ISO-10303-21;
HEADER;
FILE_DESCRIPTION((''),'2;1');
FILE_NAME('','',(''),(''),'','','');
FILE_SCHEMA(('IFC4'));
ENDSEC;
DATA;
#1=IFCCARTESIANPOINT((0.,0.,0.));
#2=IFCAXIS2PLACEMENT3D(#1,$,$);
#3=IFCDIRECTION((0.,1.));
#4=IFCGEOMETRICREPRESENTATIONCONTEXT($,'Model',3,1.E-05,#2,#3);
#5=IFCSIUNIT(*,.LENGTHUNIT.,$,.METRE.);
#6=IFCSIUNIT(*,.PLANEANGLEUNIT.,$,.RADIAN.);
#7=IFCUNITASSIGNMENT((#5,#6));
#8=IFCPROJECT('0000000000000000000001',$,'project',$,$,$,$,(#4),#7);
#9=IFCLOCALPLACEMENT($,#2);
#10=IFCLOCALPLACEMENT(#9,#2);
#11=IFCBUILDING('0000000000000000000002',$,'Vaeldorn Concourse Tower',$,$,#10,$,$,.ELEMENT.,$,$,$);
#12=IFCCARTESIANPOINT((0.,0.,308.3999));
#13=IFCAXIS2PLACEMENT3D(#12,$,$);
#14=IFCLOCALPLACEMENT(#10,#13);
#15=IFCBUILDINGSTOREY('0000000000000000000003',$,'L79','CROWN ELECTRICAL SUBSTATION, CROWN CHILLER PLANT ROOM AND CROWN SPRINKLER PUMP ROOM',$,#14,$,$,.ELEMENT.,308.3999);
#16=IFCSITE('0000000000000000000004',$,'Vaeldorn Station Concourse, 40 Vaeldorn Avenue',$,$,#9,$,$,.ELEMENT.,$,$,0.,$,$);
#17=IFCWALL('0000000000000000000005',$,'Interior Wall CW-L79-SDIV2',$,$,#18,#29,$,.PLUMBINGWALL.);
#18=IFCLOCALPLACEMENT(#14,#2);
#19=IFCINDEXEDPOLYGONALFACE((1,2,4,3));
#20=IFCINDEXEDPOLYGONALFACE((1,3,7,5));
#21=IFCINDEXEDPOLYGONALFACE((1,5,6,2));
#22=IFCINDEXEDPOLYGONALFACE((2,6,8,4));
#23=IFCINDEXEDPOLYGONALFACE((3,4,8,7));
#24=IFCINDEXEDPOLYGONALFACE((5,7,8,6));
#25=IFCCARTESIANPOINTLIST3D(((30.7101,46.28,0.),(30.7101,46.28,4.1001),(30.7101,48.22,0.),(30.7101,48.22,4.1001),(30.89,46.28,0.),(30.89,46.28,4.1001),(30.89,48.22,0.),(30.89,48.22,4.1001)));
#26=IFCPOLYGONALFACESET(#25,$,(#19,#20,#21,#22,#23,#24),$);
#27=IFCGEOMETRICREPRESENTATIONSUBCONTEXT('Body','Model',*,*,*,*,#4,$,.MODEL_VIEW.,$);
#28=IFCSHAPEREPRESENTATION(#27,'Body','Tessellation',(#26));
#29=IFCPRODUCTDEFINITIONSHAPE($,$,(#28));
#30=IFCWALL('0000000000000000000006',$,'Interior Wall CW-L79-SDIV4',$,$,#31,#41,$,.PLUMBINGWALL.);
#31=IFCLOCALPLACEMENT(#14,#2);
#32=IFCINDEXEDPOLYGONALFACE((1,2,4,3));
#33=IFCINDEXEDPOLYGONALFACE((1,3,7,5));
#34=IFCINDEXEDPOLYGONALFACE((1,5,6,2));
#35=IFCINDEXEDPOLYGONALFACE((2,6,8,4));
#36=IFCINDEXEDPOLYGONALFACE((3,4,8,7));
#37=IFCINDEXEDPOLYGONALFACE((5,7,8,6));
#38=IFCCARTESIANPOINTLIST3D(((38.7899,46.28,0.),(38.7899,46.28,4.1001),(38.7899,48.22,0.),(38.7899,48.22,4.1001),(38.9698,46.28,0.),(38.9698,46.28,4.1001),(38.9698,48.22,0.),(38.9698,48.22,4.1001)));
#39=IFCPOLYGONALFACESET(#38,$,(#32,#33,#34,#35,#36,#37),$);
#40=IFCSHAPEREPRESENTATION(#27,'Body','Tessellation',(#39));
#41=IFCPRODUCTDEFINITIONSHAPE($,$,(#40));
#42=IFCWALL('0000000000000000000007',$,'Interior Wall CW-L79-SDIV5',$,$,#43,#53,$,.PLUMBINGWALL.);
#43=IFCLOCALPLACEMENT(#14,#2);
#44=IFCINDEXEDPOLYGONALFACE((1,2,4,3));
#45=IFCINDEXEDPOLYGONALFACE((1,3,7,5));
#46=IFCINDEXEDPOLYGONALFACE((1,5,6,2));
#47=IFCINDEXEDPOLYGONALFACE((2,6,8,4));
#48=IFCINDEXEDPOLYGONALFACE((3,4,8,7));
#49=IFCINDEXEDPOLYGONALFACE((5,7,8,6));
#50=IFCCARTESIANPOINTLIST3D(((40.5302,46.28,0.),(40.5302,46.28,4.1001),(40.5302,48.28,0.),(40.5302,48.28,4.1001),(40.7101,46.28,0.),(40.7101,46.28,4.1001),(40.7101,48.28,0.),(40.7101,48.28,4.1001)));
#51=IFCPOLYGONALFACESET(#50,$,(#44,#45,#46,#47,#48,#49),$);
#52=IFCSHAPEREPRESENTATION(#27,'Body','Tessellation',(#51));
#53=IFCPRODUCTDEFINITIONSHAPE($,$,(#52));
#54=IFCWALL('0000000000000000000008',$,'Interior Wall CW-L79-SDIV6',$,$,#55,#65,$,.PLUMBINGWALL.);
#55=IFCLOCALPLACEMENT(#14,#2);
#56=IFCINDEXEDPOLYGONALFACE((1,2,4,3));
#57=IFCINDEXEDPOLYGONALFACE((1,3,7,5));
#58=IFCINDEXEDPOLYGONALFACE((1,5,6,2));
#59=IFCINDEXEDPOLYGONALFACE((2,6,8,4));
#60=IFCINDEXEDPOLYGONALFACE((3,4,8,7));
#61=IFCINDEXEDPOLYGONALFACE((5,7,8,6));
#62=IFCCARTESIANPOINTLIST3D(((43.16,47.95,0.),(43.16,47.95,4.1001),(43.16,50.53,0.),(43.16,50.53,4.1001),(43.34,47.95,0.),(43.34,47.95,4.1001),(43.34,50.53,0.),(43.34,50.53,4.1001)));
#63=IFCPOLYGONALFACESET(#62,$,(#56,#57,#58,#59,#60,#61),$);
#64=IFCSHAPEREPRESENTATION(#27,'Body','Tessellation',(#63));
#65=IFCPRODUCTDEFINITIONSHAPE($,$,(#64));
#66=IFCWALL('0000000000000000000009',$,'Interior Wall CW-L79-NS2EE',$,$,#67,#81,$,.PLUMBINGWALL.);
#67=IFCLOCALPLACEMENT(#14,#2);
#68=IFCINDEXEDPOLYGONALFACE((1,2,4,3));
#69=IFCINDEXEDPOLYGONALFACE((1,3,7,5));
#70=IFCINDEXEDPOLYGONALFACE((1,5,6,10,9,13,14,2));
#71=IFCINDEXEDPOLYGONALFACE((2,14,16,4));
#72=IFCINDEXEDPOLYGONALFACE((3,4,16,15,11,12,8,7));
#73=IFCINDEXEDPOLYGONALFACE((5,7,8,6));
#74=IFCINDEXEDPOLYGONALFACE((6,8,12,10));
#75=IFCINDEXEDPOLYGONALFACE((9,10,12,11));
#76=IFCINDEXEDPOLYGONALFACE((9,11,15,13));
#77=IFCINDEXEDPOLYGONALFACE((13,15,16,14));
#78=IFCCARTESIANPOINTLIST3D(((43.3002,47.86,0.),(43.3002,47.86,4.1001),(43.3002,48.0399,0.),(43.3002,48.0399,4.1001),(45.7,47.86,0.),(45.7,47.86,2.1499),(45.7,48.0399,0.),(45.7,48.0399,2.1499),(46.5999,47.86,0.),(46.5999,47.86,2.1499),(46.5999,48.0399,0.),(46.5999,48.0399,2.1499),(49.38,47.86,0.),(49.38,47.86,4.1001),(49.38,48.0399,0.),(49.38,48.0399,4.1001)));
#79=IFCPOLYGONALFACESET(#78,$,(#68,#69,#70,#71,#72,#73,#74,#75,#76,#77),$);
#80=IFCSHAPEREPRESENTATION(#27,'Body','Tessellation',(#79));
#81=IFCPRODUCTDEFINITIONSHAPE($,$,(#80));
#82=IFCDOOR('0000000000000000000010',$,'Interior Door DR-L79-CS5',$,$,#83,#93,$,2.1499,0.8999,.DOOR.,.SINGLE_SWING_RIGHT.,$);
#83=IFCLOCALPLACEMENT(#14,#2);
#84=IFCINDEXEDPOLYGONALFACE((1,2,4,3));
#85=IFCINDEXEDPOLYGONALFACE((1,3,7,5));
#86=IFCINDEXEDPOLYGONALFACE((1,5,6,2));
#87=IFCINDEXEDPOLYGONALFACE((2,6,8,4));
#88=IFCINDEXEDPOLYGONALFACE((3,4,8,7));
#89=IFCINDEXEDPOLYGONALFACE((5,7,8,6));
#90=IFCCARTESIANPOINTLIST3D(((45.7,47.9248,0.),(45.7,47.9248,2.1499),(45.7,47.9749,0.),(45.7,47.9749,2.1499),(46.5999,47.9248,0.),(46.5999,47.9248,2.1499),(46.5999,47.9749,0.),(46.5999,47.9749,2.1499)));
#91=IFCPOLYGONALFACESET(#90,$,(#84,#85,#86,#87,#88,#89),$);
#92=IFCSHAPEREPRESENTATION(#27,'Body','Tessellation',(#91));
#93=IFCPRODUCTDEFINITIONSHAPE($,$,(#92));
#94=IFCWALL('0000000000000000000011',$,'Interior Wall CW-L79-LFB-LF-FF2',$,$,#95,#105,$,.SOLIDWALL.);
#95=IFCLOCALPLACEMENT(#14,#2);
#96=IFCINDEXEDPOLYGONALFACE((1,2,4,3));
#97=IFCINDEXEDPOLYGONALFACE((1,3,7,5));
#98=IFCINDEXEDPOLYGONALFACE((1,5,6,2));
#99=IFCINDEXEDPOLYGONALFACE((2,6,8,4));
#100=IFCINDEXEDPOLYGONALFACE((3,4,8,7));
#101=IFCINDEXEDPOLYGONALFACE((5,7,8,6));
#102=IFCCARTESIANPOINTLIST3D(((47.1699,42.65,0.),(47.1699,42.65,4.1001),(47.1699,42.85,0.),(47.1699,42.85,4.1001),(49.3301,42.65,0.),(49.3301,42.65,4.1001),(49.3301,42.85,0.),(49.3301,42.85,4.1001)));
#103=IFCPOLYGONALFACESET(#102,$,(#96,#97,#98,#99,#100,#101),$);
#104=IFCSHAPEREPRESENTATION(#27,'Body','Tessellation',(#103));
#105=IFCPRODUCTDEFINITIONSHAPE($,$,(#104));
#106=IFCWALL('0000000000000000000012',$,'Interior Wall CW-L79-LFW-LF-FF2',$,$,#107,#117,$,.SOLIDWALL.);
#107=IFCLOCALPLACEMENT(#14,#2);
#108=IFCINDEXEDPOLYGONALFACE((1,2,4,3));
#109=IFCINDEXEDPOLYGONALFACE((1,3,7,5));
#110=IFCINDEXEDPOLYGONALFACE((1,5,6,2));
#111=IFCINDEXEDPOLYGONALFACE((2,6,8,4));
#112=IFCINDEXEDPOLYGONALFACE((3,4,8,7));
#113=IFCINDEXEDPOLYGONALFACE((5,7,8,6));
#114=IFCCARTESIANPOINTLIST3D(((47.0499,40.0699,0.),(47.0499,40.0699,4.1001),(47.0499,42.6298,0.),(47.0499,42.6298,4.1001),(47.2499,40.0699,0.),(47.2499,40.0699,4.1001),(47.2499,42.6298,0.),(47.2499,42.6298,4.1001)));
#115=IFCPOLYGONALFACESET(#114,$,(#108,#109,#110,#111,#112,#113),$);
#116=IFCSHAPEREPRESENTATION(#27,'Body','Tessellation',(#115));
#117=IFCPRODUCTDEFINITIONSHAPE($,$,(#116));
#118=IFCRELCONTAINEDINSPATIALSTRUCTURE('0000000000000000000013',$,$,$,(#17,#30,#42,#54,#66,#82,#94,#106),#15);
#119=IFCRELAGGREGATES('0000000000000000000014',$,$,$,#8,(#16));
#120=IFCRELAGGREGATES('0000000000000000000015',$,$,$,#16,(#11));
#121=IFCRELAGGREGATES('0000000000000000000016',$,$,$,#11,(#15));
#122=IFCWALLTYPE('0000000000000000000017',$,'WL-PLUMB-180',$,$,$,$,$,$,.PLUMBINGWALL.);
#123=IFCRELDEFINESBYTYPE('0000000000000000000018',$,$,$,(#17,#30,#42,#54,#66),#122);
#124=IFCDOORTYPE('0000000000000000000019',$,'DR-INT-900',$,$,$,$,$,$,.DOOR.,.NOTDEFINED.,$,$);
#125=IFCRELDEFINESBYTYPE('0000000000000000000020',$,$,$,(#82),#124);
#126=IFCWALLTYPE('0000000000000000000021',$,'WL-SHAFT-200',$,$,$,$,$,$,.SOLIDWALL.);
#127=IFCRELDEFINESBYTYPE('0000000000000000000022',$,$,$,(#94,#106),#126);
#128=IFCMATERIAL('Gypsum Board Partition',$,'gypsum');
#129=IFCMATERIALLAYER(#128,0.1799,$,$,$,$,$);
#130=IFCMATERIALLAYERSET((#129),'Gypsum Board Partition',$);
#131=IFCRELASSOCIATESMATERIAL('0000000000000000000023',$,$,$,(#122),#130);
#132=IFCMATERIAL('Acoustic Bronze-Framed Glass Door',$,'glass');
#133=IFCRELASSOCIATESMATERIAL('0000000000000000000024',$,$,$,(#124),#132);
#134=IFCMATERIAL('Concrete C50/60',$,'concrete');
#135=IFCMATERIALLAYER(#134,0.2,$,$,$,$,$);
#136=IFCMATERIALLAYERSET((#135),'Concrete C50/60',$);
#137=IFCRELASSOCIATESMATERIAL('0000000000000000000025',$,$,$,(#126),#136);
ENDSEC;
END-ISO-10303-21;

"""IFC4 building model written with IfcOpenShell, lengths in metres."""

from ifc_helpers import new_model, si_unit, direction, frame, frame_2d, origin, place, context, subcontext, project, spatial, rectangle, extrude, source, transform, mapped, material, layer, layer_set, type_object, element, fill, save


model = new_model("IFC4")

# Units and contexts
model_context = context("Model", 3, precision=1e-05, world=origin(), true_north=direction((0.0, 1.0)))
body_context = subcontext(model_context, "Body", "Model", "MODEL_VIEW")
ifc_project = project(units=[si_unit("LENGTHUNIT", "METRE"), si_unit("PLANEANGLEUNIT", "RADIAN")], contexts=[model_context])

# Site, building, storey
site_placement = place(None, origin())
site = spatial("IfcSite", under=ifc_project, at=site_placement, Name="Vaeldorn Station Concourse, 40 Vaeldorn Avenue", CompositionType="ELEMENT", RefElevation=0.0)
building_placement = place(site_placement, origin())
building = spatial("IfcBuilding", under=site, at=building_placement, Name="Vaeldorn Concourse Tower", CompositionType="ELEMENT")
storey_placement = place(building_placement, frame((0.0, 0.0, 308.3999)))
storey = spatial("IfcBuildingStorey", under=building, at=storey_placement, Name="L79", Description="CROWN ELECTRICAL SUBSTATION, CROWN CHILLER PLANT ROOM AND CROWN SPRINKLER PUMP ROOM", CompositionType="ELEMENT", Elevation=308.3999)

# Shared definitions
ifc_material_1 = material(Name="Concrete C50/60", Category="concrete")
ifc_material_2 = material(Name="Gypsum Board Partition", Category="gypsum")

# Walls
ifc_layer_1 = layer(ifc_material_2, 0.1799)
ifc_layer_set_1 = layer_set([ifc_layer_1], Name="Gypsum Board Partition")
wall_type_1 = type_object("IfcWallType", Name="WL-PLUMB-180", PredefinedType="PLUMBINGWALL", material=ifc_layer_set_1)
for number, where, z_axis, x_axis, name in (
    (1, (30.8, 46.28, 0.0), (0.0, 0.0, 1.0), (0.0, 1.0, 0.0), "Interior Wall CW-L79-SDIV2"),
    (2, (38.8799, 46.28, 0.0), (0.0, 0.0, 1.0), (0.0, 1.0, 0.0), "Interior Wall CW-L79-SDIV4"),
):
    element("IfcWall", number, at=place(storey_placement, frame(where, z_axis=z_axis, x_axis=x_axis)), inside=storey, type_object=wall_type_1, Name=name, PredefinedType="PLUMBINGWALL", context=body_context, shape_type="SweptSolid", body=[
        extrude(rectangle(XDim=1.9399, YDim=0.1799, at=frame_2d((0.97, 0.0))), origin(), (0.0, 0.0, 1.0), 4.1001),
    ])
wall_1_placement = place(storey_placement, frame((40.6201, 46.28, 0.0), z_axis=(0.0, 0.0, 1.0), x_axis=(0.0, 1.0, 0.0)))
element("IfcWall", 3, at=wall_1_placement, inside=storey, type_object=wall_type_1, Name="Interior Wall CW-L79-SDIV5", PredefinedType="PLUMBINGWALL", context=body_context, shape_type="SweptSolid", body=[
    extrude(rectangle(XDim=2.0, YDim=0.1799, at=frame_2d((1.0, 0.0))), origin(), (0.0, 0.0, 1.0), 4.1001),
])
wall_2_placement = place(storey_placement, frame((43.25, 47.95, 0.0), z_axis=(0.0, 0.0, 1.0), x_axis=(0.0, 1.0, 0.0)))
element("IfcWall", 4, at=wall_2_placement, inside=storey, type_object=wall_type_1, Name="Interior Wall CW-L79-SDIV6", PredefinedType="PLUMBINGWALL", context=body_context, shape_type="SweptSolid", body=[
    extrude(rectangle(XDim=2.5801, YDim=0.1799, at=frame_2d((1.29, 0.0))), origin(), (0.0, 0.0, 1.0), 4.1001),
])

# Wall, opening, door
wall_3_placement = place(storey_placement, frame((43.3, 47.95, 0.0), z_axis=(0.0, 0.0, 1.0), x_axis=(1.0, 0.0, 0.0)))
wall_3 = element("IfcWall", 5, at=wall_3_placement, inside=storey, type_object=wall_type_1, Name="Interior Wall CW-L79-NS2EE", PredefinedType="PLUMBINGWALL", context=body_context, shape_type="SweptSolid", body=[
    extrude(rectangle(XDim=6.0798, YDim=0.1799, at=frame_2d((3.04, 0.0))), origin(), (0.0, 0.0, 1.0), 4.1001),
])
opening_1_placement = place(wall_3_placement, frame((2.3999, 0.0, 0.0)))
opening_1 = element("IfcOpeningElement", 6, at=opening_1_placement, cuts=wall_3, PredefinedType="OPENING", context=body_context, shape_type="SweptSolid", body=[
    extrude(rectangle(XDim=0.8999, YDim=2.1499, at=frame_2d((0.45, 1.075))), frame((0.0, 0.1001, 0.0), z_axis=(0.0, -1.0, 0.0), x_axis=(1.0, 0.0, 0.0)), (0.0, 0.0, 1.0), 0.2),
])
ifc_material_3 = material(Name="Acoustic Bronze-Framed Glass Door", Category="glass")
door_type_1 = type_object("IfcDoorType", Name="DR-INT-900", OperationType="NOTDEFINED", PredefinedType="DOOR", material=ifc_material_3)
shared_shape_1 = source(origin(), body_context, "Body", "SweptSolid", [
    extrude(rectangle(XDim=0.8999, YDim=2.1499, at=frame_2d((0.45, 1.075))), frame((0.0, 0.0249, 0.0), z_axis=(0.0, -1.0, 0.0), x_axis=(1.0, 0.0, 0.0)), (0.0, 0.0, 1.0), 0.05),
])
door_1_placement = place(opening_1_placement, origin())
door_1 = element("IfcDoor", 7, at=door_1_placement, inside=storey, type_object=door_type_1, Name="Interior Door DR-L79-CS5", OperationType="SINGLE_SWING_RIGHT", OverallHeight=2.1499, OverallWidth=0.8999, PredefinedType="DOOR", context=body_context, shape_type="MappedRepresentation", body=[
    mapped(shared_shape_1, transform((0.0, 0.0, 0.0), scale=1.0)),
])
fill(opening_1, door_1)

# Walls
ifc_layer_2 = layer(ifc_material_1, 0.2)
ifc_layer_set_2 = layer_set([ifc_layer_2], Name="Concrete C50/60")
wall_type_2 = type_object("IfcWallType", Name="WL-SHAFT-200", PredefinedType="SOLIDWALL", material=ifc_layer_set_2)
wall_4_placement = place(storey_placement, frame((47.1699, 42.75, 0.0), z_axis=(0.0, 0.0, 1.0), x_axis=(1.0, 0.0, 0.0)))
element("IfcWall", 8, at=wall_4_placement, inside=storey, type_object=wall_type_2, Name="Interior Wall CW-L79-LFB-LF-FF2", PredefinedType="SOLIDWALL", context=body_context, shape_type="SweptSolid", body=[
    extrude(rectangle(XDim=2.1602, YDim=0.2, at=frame_2d((1.0801, 0.0))), origin(), (0.0, 0.0, 1.0), 4.1001),
])
wall_5_placement = place(storey_placement, frame((47.1499, 40.0701, 0.0), z_axis=(0.0, 0.0, 1.0), x_axis=(0.0, 1.0, 0.0)))
element("IfcWall", 9, at=wall_5_placement, inside=storey, type_object=wall_type_2, Name="Interior Wall CW-L79-LFW-LF-FF2", PredefinedType="SOLIDWALL", context=body_context, shape_type="SweptSolid", body=[
    extrude(rectangle(XDim=2.5598, YDim=0.2, at=frame_2d((1.2798, 0.0))), origin(), (0.0, 0.0, 1.0), 4.1001),
])

save(model, "model.ifc")
